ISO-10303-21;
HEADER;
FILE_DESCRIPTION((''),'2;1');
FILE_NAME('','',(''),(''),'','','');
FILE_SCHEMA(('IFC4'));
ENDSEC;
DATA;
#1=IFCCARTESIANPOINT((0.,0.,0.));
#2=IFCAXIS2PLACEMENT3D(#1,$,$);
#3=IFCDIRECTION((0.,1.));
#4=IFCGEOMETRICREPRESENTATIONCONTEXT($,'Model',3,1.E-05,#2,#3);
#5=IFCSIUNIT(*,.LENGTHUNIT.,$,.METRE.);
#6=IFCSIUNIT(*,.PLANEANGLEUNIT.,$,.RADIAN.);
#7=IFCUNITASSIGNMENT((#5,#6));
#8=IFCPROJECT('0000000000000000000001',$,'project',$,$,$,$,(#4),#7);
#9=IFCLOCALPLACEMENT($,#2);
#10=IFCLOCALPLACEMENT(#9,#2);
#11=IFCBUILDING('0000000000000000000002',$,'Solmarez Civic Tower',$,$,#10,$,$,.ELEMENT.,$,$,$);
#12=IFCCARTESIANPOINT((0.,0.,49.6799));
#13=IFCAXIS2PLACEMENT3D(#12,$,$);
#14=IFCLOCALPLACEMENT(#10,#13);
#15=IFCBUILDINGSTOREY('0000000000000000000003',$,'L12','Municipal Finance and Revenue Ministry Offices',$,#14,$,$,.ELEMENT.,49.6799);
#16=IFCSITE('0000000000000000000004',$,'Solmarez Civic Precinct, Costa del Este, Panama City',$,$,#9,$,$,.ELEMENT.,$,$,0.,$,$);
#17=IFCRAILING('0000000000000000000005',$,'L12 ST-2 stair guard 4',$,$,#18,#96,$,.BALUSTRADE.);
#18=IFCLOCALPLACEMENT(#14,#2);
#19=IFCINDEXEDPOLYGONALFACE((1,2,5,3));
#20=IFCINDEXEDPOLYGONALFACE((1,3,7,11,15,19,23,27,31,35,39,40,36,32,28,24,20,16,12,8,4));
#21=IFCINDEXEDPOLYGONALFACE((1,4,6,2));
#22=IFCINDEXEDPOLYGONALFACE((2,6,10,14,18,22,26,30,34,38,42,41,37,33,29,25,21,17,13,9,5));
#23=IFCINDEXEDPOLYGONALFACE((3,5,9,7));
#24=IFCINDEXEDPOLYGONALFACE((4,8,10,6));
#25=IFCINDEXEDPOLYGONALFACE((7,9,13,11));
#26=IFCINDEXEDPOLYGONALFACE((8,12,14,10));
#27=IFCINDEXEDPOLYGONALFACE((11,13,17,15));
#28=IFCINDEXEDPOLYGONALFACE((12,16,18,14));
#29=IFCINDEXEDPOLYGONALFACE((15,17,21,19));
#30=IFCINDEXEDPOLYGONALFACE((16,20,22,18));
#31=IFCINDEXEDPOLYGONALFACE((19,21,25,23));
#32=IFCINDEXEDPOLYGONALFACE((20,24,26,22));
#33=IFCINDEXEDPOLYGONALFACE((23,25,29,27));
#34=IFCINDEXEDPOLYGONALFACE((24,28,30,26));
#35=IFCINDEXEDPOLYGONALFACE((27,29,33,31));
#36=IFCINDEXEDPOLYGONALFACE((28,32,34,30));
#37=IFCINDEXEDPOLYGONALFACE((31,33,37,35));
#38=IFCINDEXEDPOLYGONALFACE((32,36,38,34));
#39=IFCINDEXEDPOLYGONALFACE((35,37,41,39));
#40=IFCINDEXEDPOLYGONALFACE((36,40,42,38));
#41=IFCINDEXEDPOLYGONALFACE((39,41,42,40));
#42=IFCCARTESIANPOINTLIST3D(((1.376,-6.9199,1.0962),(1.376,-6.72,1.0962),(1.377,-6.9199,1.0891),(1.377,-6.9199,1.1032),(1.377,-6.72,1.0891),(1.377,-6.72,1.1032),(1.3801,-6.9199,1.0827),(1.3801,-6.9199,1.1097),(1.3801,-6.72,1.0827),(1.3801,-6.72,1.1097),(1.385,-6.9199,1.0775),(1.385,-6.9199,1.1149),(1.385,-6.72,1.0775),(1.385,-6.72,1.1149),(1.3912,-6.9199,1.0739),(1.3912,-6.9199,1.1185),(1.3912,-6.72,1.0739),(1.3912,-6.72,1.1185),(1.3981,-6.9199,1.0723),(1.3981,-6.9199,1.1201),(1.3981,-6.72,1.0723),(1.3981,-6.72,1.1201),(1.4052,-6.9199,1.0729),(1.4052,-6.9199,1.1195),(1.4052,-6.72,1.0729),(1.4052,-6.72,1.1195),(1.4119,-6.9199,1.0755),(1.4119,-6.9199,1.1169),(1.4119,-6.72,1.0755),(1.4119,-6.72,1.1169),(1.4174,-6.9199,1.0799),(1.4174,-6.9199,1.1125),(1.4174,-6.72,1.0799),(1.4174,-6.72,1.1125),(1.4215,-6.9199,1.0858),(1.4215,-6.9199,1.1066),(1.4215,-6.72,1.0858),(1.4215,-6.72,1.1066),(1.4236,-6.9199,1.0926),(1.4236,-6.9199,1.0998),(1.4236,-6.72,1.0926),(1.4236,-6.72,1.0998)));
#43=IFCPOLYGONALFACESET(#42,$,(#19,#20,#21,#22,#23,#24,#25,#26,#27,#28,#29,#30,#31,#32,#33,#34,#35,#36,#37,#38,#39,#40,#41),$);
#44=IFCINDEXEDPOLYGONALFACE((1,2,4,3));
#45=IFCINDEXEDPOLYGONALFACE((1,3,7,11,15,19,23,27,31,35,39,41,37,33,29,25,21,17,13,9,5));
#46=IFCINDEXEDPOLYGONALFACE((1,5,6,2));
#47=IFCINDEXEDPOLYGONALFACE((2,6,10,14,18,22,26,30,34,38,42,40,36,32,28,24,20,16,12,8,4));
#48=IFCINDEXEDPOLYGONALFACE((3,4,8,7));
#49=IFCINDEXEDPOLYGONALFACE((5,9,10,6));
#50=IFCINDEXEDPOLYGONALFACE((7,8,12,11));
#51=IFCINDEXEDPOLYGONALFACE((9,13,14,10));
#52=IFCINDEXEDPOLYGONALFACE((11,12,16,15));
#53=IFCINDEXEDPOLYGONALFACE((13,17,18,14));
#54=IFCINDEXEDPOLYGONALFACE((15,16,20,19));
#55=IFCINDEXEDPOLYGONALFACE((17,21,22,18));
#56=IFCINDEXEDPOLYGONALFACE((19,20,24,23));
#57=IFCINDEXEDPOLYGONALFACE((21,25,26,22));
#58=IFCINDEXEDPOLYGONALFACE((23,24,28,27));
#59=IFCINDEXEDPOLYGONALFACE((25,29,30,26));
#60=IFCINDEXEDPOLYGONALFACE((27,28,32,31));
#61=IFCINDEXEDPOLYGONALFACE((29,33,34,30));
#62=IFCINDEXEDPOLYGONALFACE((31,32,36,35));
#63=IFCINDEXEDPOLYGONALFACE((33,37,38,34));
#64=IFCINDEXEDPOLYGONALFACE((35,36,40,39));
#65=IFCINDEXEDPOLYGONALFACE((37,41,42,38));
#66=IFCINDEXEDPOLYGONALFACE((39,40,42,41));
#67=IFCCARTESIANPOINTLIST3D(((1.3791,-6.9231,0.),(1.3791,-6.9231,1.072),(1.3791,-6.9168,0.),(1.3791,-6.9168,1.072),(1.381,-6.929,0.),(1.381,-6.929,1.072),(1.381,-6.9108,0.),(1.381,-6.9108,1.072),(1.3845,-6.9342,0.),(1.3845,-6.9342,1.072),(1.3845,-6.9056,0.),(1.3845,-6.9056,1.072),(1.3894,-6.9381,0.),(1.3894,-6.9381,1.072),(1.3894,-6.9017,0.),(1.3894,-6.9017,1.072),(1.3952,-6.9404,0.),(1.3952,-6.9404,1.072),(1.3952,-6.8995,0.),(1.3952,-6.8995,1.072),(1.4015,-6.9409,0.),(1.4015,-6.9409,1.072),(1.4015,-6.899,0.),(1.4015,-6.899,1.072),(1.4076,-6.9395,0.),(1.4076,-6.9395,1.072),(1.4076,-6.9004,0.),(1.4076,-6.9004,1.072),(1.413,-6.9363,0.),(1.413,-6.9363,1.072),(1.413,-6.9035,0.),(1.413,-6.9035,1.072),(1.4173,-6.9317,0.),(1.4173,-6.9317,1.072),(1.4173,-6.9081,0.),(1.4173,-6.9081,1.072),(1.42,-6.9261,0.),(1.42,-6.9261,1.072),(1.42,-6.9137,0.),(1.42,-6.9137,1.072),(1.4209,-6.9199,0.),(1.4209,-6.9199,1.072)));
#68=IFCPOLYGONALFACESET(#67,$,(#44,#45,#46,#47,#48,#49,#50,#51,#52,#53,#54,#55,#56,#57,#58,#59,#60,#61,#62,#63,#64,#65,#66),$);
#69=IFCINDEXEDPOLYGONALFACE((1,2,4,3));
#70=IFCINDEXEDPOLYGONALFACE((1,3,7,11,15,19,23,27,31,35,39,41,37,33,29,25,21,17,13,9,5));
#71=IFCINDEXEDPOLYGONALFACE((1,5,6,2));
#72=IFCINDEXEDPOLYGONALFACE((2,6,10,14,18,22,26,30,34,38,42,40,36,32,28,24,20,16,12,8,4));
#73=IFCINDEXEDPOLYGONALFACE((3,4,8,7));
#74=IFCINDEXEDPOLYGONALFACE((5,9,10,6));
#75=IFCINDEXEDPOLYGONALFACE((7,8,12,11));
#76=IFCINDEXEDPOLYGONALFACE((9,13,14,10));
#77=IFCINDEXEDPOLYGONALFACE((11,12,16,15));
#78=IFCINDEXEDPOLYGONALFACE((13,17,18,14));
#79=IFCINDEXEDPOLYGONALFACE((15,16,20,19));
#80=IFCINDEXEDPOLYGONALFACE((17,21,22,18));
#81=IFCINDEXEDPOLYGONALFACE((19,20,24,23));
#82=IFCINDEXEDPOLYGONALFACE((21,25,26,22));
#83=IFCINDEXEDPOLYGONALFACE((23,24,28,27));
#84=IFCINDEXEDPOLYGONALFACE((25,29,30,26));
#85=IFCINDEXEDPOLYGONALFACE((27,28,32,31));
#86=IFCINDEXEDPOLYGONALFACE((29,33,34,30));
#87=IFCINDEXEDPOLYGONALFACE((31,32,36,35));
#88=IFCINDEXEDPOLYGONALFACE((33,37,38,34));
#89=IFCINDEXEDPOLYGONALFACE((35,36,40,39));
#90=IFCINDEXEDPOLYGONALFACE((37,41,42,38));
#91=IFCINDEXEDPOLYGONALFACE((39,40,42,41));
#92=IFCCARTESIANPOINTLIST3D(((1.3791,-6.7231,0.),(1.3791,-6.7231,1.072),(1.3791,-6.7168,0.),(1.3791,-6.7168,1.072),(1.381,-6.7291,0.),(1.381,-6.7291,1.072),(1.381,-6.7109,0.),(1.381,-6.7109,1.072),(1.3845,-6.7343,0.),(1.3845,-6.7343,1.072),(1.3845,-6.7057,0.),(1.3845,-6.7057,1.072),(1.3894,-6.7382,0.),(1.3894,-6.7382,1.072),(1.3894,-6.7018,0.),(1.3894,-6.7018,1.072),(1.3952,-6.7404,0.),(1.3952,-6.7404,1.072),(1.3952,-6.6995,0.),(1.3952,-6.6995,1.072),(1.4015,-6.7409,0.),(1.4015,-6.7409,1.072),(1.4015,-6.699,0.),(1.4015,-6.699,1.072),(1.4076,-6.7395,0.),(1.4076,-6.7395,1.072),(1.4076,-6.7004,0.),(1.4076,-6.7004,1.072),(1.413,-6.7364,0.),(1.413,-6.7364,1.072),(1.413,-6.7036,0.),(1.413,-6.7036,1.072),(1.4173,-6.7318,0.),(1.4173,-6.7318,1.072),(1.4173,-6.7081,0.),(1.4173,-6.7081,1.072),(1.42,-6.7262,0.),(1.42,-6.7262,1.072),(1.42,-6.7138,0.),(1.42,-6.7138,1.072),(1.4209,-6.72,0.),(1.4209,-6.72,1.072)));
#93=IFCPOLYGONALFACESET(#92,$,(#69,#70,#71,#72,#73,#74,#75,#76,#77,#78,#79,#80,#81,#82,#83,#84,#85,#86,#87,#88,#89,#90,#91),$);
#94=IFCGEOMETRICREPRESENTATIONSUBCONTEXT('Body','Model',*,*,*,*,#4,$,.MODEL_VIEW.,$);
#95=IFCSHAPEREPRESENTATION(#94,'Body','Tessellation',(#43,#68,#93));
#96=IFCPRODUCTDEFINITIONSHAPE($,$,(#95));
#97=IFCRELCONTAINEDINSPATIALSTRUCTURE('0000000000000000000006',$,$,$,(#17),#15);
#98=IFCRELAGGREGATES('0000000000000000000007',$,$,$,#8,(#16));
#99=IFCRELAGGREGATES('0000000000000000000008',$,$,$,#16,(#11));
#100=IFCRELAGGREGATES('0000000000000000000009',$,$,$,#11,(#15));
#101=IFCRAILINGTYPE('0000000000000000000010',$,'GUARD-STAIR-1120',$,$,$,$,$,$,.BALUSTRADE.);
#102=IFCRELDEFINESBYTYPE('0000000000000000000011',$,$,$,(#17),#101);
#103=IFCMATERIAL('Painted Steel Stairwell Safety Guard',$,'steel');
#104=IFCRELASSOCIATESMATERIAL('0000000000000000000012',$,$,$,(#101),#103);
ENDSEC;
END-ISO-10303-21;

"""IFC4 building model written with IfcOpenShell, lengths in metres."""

from ifc_helpers import new_model, si_unit, direction, frame, origin, origin_2d, place, context, subcontext, project, spatial, circle, extrude, material, type_object, element, save


model = new_model("IFC4")

# Units and contexts
model_context = context("Model", 3, precision=1e-05, world=origin(), true_north=direction((0.0, 1.0)))
body_context = subcontext(model_context, "Body", "Model", "MODEL_VIEW")
ifc_project = project(units=[si_unit("LENGTHUNIT", "METRE"), si_unit("PLANEANGLEUNIT", "RADIAN")], contexts=[model_context])

# Site, building, storey
site_placement = place(None, origin())
site = spatial("IfcSite", under=ifc_project, at=site_placement, Name="Solmarez Civic Precinct, Costa del Este, Panama City", CompositionType="ELEMENT", RefElevation=0.0)
building_placement = place(site_placement, origin())
building = spatial("IfcBuilding", under=site, at=building_placement, Name="Solmarez Civic Tower", CompositionType="ELEMENT")
storey_placement = place(building_placement, frame((0.0, 0.0, 49.6799)))
storey = spatial("IfcBuildingStorey", under=building, at=storey_placement, Name="L12", Description="Municipal Finance and Revenue Ministry Offices", CompositionType="ELEMENT", Elevation=49.6799)

# Railing
ifc_material_1 = material(Name="Painted Steel Stairwell Safety Guard", Category="steel")
railing_type_1 = type_object("IfcRailingType", Name="GUARD-STAIR-1120", PredefinedType="BALUSTRADE", material=ifc_material_1)
railing_1_placement = place(storey_placement, frame((1.3999, -6.9199, 0.0)))
element("IfcRailing", 1, at=railing_1_placement, inside=storey, type_object=railing_type_1, Name="L12 ST-2 stair guard 4", PredefinedType="BALUSTRADE", context=body_context, shape_type="SweptSolid", body=[
    extrude(circle(Radius=0.0239, at=origin_2d()), frame((0.0, 0.0, 1.0962), z_axis=(0.0, 1.0, 0.0), x_axis=(-1.0, 0.0, 0.0)), (0.0, 0.0, 1.0), 0.2),
    extrude(circle(Radius=0.021, at=origin_2d()), origin(), (0.0, 0.0, 1.0), 1.072),
    extrude(circle(Radius=0.021, at=origin_2d()), frame((0.0, 0.2, 0.0)), (0.0, 0.0, 1.0), 1.072),
])

save(model, "model.ifc")
